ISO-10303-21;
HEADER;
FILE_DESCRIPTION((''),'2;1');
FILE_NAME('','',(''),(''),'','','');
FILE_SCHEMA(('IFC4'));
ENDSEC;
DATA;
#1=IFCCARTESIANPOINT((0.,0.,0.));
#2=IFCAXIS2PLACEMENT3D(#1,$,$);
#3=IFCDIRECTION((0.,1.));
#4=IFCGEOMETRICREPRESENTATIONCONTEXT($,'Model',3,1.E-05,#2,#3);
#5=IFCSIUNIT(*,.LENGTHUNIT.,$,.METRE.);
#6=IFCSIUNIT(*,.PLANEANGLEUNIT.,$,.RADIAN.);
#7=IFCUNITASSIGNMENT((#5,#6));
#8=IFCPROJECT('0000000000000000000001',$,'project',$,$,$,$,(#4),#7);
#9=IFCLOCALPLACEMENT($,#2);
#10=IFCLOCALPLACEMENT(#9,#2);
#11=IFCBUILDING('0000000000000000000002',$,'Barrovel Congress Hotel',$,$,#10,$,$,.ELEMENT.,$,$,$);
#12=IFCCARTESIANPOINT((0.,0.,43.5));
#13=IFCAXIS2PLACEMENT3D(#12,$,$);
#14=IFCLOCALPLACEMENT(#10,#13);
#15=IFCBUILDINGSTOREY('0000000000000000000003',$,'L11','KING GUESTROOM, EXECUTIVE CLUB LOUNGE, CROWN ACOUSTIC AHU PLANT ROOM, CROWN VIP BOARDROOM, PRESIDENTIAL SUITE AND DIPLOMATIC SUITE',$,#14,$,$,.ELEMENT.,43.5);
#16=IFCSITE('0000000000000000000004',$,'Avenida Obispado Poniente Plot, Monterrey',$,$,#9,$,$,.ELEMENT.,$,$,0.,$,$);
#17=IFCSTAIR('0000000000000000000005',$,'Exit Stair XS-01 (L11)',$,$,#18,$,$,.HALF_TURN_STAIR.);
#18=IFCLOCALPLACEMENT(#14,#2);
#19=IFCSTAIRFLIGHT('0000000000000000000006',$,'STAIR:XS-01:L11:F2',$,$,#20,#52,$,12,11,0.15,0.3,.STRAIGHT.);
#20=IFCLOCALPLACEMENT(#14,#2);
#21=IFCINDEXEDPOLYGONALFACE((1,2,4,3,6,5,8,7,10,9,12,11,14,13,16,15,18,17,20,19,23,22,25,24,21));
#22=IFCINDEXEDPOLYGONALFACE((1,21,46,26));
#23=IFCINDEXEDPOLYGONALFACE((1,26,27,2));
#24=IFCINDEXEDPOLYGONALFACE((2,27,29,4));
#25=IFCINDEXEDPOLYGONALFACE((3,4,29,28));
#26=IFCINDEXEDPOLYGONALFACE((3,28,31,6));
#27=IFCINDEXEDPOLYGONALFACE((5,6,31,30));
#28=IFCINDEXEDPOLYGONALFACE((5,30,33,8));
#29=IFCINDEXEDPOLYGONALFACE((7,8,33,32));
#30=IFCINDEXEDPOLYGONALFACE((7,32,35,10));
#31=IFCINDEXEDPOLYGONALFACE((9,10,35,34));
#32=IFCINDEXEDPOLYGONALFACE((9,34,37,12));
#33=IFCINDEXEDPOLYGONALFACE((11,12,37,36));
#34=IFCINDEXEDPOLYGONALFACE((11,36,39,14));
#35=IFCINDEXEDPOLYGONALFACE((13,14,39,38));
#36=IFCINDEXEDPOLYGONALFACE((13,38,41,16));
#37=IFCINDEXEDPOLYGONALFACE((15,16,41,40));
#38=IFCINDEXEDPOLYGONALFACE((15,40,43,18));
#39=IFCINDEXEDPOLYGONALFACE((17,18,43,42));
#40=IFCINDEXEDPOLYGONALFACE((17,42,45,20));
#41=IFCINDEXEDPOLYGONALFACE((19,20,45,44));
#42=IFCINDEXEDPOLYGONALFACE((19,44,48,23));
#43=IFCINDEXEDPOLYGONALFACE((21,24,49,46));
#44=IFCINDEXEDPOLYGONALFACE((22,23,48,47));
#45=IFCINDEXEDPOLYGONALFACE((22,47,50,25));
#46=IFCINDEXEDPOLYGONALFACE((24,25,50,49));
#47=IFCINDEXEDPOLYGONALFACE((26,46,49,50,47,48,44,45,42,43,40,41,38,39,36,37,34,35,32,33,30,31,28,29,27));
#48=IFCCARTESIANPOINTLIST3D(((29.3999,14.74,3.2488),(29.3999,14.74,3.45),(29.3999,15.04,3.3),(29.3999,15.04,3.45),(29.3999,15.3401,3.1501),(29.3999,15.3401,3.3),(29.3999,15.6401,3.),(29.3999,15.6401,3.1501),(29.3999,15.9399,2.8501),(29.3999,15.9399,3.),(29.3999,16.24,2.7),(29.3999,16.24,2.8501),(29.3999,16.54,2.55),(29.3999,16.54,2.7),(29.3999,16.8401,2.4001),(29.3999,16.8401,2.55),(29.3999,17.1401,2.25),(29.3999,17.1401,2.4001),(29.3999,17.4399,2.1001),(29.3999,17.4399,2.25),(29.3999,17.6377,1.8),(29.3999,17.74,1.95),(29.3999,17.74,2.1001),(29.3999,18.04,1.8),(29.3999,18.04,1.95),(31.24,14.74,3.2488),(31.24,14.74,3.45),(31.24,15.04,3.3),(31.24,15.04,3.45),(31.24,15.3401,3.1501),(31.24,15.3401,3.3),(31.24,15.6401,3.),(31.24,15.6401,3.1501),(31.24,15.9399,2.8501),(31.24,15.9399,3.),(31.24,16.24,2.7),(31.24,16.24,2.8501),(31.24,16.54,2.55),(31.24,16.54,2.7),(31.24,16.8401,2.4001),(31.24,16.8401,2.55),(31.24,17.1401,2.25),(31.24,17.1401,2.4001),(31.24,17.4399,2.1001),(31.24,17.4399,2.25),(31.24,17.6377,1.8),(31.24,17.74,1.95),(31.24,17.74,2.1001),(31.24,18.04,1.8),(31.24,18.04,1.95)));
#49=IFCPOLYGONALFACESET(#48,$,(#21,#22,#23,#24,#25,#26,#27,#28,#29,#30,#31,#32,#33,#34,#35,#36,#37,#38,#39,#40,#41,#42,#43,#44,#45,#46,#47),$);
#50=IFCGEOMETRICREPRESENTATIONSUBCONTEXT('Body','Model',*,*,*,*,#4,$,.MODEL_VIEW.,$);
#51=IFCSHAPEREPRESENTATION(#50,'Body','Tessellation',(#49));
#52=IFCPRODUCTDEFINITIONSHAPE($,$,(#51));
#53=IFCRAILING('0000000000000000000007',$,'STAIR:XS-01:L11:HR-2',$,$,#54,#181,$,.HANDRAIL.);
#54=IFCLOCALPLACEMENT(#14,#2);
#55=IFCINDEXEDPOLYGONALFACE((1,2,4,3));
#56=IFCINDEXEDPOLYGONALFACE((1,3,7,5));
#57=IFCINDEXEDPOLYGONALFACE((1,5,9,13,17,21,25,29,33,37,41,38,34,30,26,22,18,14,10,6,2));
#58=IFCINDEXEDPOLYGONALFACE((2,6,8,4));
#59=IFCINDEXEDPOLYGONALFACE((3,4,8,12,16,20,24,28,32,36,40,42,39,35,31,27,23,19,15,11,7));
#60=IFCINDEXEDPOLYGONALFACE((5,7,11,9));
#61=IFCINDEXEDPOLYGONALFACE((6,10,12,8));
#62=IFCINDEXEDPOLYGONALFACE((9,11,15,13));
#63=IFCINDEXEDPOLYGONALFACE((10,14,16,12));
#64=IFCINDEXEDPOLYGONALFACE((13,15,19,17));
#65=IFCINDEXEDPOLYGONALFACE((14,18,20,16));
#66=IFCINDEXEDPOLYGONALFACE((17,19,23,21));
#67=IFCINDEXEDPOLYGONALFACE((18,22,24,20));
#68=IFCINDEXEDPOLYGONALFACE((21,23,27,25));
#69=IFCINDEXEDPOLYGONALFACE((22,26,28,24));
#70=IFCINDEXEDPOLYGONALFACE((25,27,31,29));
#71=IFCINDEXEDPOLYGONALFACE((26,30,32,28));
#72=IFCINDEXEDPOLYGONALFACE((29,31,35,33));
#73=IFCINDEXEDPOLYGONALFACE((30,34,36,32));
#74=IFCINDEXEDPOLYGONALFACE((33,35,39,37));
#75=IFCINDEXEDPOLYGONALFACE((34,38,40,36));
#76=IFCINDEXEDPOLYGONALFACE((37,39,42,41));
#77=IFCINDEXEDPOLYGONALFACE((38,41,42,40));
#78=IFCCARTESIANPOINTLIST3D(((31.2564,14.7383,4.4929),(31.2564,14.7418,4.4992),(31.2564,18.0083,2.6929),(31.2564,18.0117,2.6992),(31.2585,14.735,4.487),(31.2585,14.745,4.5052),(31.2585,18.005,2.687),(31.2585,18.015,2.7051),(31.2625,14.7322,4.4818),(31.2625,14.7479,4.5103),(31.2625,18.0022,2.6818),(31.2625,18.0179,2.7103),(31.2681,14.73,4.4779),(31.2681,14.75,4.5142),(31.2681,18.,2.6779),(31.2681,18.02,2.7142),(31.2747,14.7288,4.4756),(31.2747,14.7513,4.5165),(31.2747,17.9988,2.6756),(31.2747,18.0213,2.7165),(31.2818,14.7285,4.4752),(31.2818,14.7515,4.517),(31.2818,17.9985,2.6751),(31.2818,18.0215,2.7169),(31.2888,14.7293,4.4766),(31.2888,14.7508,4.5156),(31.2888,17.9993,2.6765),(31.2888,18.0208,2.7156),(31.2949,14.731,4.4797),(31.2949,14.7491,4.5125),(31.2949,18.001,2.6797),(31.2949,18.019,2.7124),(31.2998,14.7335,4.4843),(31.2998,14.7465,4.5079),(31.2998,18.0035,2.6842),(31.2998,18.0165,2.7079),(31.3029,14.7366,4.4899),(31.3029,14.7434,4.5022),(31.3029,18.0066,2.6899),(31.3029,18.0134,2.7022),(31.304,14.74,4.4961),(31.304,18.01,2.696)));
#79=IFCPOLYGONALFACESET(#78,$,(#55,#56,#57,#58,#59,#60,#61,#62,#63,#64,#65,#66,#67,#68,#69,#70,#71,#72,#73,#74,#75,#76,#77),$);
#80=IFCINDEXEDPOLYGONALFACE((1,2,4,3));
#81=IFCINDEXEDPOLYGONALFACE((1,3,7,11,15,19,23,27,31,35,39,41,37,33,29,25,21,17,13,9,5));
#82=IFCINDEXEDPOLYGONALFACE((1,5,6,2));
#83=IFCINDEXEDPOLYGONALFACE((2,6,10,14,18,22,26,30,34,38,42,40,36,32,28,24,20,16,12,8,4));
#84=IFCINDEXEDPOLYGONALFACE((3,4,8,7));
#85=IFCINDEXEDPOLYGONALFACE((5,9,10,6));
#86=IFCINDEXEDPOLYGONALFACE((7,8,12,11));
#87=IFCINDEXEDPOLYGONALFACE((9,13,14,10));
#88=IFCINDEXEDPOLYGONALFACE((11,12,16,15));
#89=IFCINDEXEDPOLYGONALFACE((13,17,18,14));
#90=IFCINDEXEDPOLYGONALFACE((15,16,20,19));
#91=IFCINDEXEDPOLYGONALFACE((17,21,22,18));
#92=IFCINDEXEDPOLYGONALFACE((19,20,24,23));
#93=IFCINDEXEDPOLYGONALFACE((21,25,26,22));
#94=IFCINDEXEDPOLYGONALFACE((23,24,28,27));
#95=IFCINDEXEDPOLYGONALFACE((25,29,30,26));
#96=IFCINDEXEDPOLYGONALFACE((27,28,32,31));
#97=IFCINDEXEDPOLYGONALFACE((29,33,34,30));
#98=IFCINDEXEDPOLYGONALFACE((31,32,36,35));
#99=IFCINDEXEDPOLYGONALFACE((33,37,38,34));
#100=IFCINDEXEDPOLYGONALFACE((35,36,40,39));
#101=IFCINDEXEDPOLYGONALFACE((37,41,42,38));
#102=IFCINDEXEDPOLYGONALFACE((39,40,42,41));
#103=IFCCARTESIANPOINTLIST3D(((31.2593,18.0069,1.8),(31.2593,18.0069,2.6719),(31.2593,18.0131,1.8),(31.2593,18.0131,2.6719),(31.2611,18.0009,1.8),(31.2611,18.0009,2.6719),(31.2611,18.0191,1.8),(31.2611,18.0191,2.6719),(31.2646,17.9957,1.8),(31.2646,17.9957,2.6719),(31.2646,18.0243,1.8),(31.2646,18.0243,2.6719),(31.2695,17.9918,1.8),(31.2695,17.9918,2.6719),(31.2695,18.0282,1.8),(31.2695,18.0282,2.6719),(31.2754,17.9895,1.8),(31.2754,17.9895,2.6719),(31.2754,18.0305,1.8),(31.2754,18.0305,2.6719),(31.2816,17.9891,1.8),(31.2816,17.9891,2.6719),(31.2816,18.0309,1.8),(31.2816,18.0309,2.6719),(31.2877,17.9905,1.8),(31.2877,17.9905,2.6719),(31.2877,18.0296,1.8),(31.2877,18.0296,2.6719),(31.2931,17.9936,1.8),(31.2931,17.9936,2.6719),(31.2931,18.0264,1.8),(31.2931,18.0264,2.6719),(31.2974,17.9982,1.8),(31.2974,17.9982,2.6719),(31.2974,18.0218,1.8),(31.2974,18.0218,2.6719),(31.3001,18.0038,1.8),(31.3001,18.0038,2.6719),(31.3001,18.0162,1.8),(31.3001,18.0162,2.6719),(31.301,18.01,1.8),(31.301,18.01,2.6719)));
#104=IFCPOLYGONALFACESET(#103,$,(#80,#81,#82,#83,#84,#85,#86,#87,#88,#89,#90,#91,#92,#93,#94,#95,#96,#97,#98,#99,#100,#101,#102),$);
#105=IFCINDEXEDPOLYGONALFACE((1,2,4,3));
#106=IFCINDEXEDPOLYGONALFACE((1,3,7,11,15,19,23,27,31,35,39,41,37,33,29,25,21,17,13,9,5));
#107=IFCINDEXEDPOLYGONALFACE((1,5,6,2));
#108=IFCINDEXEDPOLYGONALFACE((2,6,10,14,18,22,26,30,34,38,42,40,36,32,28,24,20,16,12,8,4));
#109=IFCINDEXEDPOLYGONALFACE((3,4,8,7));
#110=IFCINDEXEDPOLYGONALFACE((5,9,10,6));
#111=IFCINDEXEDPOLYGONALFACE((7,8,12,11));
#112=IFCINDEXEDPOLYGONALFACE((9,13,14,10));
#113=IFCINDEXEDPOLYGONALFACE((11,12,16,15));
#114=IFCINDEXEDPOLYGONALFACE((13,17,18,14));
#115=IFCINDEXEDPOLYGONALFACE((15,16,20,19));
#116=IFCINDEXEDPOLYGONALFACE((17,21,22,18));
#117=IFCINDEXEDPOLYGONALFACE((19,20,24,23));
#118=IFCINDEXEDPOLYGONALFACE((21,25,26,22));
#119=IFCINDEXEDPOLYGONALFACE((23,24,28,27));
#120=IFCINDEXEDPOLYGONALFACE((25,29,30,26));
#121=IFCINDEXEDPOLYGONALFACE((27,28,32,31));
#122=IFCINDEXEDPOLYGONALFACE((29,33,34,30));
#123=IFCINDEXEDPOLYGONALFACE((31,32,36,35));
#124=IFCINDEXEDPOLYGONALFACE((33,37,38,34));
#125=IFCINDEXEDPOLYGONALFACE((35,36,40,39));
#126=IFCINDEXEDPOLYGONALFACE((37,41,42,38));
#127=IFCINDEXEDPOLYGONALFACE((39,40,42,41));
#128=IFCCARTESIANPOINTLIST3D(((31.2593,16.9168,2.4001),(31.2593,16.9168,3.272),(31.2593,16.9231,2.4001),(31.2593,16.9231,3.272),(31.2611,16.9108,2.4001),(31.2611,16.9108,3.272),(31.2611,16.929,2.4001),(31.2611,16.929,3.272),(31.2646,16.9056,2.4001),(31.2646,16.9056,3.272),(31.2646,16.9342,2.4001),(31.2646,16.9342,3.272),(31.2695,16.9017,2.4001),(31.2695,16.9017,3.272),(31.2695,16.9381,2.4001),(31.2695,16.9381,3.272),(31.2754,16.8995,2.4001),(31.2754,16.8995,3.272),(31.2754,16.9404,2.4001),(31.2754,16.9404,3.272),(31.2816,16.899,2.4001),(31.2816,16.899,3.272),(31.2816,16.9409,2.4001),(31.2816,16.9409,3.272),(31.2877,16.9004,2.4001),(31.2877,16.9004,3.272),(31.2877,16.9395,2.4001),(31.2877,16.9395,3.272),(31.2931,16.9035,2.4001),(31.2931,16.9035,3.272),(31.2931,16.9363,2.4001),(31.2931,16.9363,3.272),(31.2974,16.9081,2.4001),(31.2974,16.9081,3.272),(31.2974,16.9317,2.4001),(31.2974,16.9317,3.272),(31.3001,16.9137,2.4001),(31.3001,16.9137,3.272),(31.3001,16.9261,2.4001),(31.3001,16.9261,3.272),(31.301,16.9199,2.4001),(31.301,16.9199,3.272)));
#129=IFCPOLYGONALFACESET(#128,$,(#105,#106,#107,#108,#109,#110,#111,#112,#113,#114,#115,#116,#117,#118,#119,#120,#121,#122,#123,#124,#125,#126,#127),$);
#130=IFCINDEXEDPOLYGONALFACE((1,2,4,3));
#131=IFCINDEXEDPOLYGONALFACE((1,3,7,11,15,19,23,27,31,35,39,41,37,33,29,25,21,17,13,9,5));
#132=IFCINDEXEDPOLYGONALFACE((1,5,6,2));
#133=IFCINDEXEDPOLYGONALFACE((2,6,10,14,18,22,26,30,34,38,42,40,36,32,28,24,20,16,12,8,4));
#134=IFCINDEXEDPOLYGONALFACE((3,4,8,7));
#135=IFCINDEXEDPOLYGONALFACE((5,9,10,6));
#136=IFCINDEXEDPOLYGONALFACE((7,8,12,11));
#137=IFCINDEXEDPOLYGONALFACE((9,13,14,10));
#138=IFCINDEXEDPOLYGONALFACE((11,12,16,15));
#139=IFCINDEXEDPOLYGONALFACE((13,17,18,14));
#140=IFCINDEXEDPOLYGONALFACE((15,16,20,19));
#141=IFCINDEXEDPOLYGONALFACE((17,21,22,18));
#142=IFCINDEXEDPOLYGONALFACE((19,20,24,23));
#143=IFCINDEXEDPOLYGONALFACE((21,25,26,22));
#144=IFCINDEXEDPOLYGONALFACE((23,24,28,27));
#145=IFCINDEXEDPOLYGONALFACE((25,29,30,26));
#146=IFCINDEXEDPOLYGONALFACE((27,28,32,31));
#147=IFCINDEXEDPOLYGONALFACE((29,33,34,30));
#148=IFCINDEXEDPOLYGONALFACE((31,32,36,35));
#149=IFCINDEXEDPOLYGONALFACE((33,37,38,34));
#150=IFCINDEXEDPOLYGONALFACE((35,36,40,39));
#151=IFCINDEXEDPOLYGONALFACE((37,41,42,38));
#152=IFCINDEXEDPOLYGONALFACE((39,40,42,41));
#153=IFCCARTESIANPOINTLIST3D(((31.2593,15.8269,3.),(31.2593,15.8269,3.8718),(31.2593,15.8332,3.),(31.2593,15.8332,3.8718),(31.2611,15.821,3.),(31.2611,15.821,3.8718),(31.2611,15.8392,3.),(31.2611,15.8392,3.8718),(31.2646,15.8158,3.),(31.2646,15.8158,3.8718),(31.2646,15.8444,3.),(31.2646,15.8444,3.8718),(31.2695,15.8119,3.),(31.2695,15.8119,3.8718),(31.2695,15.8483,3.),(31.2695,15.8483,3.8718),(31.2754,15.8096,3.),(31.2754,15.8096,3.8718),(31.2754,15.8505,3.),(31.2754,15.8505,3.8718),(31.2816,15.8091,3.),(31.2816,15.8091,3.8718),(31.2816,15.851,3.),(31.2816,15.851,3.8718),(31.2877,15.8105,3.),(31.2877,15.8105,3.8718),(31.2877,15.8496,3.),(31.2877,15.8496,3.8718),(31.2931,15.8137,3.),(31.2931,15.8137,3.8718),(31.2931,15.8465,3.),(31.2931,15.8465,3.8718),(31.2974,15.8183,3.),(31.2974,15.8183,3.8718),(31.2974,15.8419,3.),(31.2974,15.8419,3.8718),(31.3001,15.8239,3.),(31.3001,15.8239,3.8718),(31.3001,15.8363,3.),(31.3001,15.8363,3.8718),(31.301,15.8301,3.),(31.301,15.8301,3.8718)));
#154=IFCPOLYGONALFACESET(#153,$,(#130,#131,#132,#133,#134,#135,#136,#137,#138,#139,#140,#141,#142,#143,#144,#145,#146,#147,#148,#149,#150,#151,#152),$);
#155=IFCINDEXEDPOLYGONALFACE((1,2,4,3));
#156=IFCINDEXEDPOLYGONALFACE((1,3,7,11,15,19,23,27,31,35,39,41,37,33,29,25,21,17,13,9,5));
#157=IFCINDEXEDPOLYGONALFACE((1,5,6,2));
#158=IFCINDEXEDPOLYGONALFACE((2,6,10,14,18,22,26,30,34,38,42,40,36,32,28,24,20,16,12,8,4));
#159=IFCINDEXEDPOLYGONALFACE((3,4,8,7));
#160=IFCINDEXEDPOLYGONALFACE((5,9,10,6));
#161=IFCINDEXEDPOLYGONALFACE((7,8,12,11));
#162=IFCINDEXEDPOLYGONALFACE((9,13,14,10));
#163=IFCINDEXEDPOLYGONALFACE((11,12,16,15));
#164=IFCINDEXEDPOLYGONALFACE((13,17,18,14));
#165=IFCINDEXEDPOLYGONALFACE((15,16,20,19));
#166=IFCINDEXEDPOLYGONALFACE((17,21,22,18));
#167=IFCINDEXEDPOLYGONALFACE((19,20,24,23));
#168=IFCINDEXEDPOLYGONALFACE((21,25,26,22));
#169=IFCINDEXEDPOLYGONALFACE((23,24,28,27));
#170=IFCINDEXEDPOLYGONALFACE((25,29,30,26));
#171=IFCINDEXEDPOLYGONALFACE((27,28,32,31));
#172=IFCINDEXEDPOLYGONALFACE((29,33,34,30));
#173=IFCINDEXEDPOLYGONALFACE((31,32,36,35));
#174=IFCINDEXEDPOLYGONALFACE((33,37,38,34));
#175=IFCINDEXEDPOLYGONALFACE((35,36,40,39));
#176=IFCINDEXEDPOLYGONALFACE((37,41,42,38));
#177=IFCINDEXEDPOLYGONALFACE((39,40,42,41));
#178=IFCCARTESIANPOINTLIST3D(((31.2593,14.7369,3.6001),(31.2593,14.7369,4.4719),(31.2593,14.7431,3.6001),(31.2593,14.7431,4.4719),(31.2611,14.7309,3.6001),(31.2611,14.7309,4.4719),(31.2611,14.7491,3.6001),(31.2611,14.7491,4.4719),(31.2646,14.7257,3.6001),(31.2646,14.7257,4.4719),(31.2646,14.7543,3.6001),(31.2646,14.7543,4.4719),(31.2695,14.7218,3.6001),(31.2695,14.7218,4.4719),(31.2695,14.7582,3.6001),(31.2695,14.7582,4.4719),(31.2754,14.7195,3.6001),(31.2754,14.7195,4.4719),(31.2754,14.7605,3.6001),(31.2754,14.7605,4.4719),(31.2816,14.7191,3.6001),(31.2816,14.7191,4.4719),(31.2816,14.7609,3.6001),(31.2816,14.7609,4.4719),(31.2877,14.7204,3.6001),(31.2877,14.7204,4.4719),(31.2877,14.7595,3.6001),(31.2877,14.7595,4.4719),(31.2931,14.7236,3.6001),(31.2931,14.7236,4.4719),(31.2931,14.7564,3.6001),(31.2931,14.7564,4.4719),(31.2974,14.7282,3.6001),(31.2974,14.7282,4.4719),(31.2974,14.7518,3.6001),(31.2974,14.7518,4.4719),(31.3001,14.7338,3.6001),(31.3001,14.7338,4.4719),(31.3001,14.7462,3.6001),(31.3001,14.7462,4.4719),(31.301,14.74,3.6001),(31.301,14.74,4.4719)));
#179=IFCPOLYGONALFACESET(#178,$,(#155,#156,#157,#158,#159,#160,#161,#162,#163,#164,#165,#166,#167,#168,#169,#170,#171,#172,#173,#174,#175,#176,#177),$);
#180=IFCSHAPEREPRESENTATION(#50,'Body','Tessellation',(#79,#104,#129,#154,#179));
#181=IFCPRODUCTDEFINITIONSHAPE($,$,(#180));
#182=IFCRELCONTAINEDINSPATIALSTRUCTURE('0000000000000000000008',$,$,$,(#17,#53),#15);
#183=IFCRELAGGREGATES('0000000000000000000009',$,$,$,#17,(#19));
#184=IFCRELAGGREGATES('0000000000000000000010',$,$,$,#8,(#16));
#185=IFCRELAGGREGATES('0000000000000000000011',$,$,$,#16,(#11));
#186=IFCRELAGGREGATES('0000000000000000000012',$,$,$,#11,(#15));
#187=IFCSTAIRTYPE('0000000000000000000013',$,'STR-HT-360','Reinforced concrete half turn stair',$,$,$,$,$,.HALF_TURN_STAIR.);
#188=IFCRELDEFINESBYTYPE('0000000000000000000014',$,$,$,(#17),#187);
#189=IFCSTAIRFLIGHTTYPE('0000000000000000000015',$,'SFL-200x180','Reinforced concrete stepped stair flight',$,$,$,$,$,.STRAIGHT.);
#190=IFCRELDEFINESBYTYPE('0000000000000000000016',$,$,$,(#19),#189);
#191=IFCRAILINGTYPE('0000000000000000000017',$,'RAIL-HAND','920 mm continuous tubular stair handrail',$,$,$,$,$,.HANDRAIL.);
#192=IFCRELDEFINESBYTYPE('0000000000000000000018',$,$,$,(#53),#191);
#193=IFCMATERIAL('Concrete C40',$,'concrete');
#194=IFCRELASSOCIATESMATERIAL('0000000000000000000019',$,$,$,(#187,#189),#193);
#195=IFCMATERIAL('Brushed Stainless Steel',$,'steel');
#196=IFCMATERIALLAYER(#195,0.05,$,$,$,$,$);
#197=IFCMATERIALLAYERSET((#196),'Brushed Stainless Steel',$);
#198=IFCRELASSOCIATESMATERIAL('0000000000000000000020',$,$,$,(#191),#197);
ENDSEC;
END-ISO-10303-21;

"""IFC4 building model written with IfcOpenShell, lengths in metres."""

from ifc_helpers import new_model, si_unit, direction, frame, origin, origin_2d, place, context, subcontext, project, spatial, polyline, circle, outline, extrude, material, layer, layer_set, type_object, element, aggregate, save


model = new_model("IFC4")

# Units and contexts
model_context = context("Model", 3, precision=1e-05, world=origin(), true_north=direction((0.0, 1.0)))
body_context = subcontext(model_context, "Body", "Model", "MODEL_VIEW")
ifc_project = project(units=[si_unit("LENGTHUNIT", "METRE"), si_unit("PLANEANGLEUNIT", "RADIAN")], contexts=[model_context])

# Site, building, storey
site_placement = place(None, origin())
site = spatial("IfcSite", under=ifc_project, at=site_placement, Name="Avenida Obispado Poniente Plot, Monterrey", CompositionType="ELEMENT", RefElevation=0.0)
building_placement = place(site_placement, origin())
building = spatial("IfcBuilding", under=site, at=building_placement, Name="Barrovel Congress Hotel", CompositionType="ELEMENT")
storey_placement = place(building_placement, frame((0.0, 0.0, 43.5)))
storey = spatial("IfcBuildingStorey", under=building, at=storey_placement, Name="L11", Description="KING GUESTROOM, EXECUTIVE CLUB LOUNGE, CROWN ACOUSTIC AHU PLANT ROOM, CROWN VIP BOARDROOM, PRESIDENTIAL SUITE AND DIPLOMATIC SUITE", CompositionType="ELEMENT", Elevation=43.5)

# Shared definitions
ifc_material_1 = material(Name="Concrete C40", Category="concrete")

# Shared definitions
ifc_material_2 = material(Name="Brushed Stainless Steel", Category="steel")

# Stair, stair flight
stair_type = type_object("IfcStairType", Name="STR-HT-360", Description="Reinforced concrete half turn stair", PredefinedType="HALF_TURN_STAIR", material=ifc_material_1)
stair_placement = place(storey_placement, origin())
stair = element("IfcStair", 1, at=stair_placement, inside=storey, type_object=stair_type, Name="Exit Stair XS-01 (L11)", PredefinedType="HALF_TURN_STAIR")
stair_flight_type = type_object("IfcStairFlightType", Name="SFL-200x180", Description="Reinforced concrete stepped stair flight", PredefinedType="STRAIGHT", material=ifc_material_1)
stair_flight_placement = place(storey_placement, frame((30.3201, 18.04, 1.8), z_axis=(0.0, 0.0, 1.0), x_axis=(0.0, -1.0, 0.0)))
stair_flight = element("IfcStairFlight", 2, at=stair_flight_placement, type_object=stair_flight_type, Name="STAIR:XS-01:L11:F2", NumberOfRisers=12, NumberOfTreads=11, PredefinedType="STRAIGHT", RiserHeight=0.15, TreadLength=0.3, context=body_context, shape_type="SweptSolid", body=[
    extrude(outline(polyline([(0.0, 0.0), (0.0, 0.1499), (0.3, 0.1499), (0.3, 0.3), (0.6001, 0.3), (0.6001, 0.45), (0.8999, 0.45), (0.8999, 0.6001), (1.2, 0.6001), (1.2, 0.75), (1.5, 0.75), (1.5, 0.8999), (1.8, 0.8999), (1.8, 1.05), (2.1001, 1.05), (2.1001, 1.2), (2.3999, 1.2), (2.3999, 1.3501), (2.7, 1.3501), (2.7, 1.5), (3.0, 1.5), (3.0, 1.6499), (3.3, 1.6499), (3.3, 1.8), (3.3, 1.4487), (0.4023, 0.0), (0.0, 0.0)])), frame((0.0, 0.9199, 0.0), z_axis=(0.0, -1.0, 0.0), x_axis=(1.0, 0.0, 0.0)), (0.0, 0.0, 1.0), 1.8401),
])
aggregate(stair, [stair_flight])

# Railing
ifc_layer_1 = layer(ifc_material_2, 0.05)
ifc_layer_set_1 = layer_set([ifc_layer_1], Name="Brushed Stainless Steel")
railing_type_1 = type_object("IfcRailingType", Name="RAIL-HAND", Description="920 mm continuous tubular stair handrail", PredefinedType="HANDRAIL", material=ifc_layer_set_1)
railing_1_placement = place(storey_placement, frame((31.28, 18.01, 1.8)))
element("IfcRailing", 3, at=railing_1_placement, inside=storey, type_object=railing_type_1, Name="STAIR:XS-01:L11:HR-2", PredefinedType="HANDRAIL", context=body_context, shape_type="SweptSolid", body=[
    extrude(circle(Radius=0.0239, at=origin_2d()), frame((0.0, 0.0, 0.896), z_axis=(0.0, -0.876042, 0.482235), x_axis=(1.0, 0.0, 0.0)), (0.0, 0.0, 1.0), 3.7327),
    extrude(circle(Radius=0.021, at=origin_2d()), origin(), (0.0, 0.0, 1.0), 0.8718),
    extrude(circle(Radius=0.021, at=origin_2d()), frame((0.0, -1.0901, 0.6001)), (0.0, 0.0, 1.0), 0.8718),
    extrude(circle(Radius=0.021, at=origin_2d()), frame((0.0, -2.1799, 1.2)), (0.0, 0.0, 1.0), 0.8718),
    extrude(circle(Radius=0.021, at=origin_2d()), frame((0.0, -3.27, 1.8)), (0.0, 0.0, 1.0), 0.8718),
])

save(model, "model.ifc")
